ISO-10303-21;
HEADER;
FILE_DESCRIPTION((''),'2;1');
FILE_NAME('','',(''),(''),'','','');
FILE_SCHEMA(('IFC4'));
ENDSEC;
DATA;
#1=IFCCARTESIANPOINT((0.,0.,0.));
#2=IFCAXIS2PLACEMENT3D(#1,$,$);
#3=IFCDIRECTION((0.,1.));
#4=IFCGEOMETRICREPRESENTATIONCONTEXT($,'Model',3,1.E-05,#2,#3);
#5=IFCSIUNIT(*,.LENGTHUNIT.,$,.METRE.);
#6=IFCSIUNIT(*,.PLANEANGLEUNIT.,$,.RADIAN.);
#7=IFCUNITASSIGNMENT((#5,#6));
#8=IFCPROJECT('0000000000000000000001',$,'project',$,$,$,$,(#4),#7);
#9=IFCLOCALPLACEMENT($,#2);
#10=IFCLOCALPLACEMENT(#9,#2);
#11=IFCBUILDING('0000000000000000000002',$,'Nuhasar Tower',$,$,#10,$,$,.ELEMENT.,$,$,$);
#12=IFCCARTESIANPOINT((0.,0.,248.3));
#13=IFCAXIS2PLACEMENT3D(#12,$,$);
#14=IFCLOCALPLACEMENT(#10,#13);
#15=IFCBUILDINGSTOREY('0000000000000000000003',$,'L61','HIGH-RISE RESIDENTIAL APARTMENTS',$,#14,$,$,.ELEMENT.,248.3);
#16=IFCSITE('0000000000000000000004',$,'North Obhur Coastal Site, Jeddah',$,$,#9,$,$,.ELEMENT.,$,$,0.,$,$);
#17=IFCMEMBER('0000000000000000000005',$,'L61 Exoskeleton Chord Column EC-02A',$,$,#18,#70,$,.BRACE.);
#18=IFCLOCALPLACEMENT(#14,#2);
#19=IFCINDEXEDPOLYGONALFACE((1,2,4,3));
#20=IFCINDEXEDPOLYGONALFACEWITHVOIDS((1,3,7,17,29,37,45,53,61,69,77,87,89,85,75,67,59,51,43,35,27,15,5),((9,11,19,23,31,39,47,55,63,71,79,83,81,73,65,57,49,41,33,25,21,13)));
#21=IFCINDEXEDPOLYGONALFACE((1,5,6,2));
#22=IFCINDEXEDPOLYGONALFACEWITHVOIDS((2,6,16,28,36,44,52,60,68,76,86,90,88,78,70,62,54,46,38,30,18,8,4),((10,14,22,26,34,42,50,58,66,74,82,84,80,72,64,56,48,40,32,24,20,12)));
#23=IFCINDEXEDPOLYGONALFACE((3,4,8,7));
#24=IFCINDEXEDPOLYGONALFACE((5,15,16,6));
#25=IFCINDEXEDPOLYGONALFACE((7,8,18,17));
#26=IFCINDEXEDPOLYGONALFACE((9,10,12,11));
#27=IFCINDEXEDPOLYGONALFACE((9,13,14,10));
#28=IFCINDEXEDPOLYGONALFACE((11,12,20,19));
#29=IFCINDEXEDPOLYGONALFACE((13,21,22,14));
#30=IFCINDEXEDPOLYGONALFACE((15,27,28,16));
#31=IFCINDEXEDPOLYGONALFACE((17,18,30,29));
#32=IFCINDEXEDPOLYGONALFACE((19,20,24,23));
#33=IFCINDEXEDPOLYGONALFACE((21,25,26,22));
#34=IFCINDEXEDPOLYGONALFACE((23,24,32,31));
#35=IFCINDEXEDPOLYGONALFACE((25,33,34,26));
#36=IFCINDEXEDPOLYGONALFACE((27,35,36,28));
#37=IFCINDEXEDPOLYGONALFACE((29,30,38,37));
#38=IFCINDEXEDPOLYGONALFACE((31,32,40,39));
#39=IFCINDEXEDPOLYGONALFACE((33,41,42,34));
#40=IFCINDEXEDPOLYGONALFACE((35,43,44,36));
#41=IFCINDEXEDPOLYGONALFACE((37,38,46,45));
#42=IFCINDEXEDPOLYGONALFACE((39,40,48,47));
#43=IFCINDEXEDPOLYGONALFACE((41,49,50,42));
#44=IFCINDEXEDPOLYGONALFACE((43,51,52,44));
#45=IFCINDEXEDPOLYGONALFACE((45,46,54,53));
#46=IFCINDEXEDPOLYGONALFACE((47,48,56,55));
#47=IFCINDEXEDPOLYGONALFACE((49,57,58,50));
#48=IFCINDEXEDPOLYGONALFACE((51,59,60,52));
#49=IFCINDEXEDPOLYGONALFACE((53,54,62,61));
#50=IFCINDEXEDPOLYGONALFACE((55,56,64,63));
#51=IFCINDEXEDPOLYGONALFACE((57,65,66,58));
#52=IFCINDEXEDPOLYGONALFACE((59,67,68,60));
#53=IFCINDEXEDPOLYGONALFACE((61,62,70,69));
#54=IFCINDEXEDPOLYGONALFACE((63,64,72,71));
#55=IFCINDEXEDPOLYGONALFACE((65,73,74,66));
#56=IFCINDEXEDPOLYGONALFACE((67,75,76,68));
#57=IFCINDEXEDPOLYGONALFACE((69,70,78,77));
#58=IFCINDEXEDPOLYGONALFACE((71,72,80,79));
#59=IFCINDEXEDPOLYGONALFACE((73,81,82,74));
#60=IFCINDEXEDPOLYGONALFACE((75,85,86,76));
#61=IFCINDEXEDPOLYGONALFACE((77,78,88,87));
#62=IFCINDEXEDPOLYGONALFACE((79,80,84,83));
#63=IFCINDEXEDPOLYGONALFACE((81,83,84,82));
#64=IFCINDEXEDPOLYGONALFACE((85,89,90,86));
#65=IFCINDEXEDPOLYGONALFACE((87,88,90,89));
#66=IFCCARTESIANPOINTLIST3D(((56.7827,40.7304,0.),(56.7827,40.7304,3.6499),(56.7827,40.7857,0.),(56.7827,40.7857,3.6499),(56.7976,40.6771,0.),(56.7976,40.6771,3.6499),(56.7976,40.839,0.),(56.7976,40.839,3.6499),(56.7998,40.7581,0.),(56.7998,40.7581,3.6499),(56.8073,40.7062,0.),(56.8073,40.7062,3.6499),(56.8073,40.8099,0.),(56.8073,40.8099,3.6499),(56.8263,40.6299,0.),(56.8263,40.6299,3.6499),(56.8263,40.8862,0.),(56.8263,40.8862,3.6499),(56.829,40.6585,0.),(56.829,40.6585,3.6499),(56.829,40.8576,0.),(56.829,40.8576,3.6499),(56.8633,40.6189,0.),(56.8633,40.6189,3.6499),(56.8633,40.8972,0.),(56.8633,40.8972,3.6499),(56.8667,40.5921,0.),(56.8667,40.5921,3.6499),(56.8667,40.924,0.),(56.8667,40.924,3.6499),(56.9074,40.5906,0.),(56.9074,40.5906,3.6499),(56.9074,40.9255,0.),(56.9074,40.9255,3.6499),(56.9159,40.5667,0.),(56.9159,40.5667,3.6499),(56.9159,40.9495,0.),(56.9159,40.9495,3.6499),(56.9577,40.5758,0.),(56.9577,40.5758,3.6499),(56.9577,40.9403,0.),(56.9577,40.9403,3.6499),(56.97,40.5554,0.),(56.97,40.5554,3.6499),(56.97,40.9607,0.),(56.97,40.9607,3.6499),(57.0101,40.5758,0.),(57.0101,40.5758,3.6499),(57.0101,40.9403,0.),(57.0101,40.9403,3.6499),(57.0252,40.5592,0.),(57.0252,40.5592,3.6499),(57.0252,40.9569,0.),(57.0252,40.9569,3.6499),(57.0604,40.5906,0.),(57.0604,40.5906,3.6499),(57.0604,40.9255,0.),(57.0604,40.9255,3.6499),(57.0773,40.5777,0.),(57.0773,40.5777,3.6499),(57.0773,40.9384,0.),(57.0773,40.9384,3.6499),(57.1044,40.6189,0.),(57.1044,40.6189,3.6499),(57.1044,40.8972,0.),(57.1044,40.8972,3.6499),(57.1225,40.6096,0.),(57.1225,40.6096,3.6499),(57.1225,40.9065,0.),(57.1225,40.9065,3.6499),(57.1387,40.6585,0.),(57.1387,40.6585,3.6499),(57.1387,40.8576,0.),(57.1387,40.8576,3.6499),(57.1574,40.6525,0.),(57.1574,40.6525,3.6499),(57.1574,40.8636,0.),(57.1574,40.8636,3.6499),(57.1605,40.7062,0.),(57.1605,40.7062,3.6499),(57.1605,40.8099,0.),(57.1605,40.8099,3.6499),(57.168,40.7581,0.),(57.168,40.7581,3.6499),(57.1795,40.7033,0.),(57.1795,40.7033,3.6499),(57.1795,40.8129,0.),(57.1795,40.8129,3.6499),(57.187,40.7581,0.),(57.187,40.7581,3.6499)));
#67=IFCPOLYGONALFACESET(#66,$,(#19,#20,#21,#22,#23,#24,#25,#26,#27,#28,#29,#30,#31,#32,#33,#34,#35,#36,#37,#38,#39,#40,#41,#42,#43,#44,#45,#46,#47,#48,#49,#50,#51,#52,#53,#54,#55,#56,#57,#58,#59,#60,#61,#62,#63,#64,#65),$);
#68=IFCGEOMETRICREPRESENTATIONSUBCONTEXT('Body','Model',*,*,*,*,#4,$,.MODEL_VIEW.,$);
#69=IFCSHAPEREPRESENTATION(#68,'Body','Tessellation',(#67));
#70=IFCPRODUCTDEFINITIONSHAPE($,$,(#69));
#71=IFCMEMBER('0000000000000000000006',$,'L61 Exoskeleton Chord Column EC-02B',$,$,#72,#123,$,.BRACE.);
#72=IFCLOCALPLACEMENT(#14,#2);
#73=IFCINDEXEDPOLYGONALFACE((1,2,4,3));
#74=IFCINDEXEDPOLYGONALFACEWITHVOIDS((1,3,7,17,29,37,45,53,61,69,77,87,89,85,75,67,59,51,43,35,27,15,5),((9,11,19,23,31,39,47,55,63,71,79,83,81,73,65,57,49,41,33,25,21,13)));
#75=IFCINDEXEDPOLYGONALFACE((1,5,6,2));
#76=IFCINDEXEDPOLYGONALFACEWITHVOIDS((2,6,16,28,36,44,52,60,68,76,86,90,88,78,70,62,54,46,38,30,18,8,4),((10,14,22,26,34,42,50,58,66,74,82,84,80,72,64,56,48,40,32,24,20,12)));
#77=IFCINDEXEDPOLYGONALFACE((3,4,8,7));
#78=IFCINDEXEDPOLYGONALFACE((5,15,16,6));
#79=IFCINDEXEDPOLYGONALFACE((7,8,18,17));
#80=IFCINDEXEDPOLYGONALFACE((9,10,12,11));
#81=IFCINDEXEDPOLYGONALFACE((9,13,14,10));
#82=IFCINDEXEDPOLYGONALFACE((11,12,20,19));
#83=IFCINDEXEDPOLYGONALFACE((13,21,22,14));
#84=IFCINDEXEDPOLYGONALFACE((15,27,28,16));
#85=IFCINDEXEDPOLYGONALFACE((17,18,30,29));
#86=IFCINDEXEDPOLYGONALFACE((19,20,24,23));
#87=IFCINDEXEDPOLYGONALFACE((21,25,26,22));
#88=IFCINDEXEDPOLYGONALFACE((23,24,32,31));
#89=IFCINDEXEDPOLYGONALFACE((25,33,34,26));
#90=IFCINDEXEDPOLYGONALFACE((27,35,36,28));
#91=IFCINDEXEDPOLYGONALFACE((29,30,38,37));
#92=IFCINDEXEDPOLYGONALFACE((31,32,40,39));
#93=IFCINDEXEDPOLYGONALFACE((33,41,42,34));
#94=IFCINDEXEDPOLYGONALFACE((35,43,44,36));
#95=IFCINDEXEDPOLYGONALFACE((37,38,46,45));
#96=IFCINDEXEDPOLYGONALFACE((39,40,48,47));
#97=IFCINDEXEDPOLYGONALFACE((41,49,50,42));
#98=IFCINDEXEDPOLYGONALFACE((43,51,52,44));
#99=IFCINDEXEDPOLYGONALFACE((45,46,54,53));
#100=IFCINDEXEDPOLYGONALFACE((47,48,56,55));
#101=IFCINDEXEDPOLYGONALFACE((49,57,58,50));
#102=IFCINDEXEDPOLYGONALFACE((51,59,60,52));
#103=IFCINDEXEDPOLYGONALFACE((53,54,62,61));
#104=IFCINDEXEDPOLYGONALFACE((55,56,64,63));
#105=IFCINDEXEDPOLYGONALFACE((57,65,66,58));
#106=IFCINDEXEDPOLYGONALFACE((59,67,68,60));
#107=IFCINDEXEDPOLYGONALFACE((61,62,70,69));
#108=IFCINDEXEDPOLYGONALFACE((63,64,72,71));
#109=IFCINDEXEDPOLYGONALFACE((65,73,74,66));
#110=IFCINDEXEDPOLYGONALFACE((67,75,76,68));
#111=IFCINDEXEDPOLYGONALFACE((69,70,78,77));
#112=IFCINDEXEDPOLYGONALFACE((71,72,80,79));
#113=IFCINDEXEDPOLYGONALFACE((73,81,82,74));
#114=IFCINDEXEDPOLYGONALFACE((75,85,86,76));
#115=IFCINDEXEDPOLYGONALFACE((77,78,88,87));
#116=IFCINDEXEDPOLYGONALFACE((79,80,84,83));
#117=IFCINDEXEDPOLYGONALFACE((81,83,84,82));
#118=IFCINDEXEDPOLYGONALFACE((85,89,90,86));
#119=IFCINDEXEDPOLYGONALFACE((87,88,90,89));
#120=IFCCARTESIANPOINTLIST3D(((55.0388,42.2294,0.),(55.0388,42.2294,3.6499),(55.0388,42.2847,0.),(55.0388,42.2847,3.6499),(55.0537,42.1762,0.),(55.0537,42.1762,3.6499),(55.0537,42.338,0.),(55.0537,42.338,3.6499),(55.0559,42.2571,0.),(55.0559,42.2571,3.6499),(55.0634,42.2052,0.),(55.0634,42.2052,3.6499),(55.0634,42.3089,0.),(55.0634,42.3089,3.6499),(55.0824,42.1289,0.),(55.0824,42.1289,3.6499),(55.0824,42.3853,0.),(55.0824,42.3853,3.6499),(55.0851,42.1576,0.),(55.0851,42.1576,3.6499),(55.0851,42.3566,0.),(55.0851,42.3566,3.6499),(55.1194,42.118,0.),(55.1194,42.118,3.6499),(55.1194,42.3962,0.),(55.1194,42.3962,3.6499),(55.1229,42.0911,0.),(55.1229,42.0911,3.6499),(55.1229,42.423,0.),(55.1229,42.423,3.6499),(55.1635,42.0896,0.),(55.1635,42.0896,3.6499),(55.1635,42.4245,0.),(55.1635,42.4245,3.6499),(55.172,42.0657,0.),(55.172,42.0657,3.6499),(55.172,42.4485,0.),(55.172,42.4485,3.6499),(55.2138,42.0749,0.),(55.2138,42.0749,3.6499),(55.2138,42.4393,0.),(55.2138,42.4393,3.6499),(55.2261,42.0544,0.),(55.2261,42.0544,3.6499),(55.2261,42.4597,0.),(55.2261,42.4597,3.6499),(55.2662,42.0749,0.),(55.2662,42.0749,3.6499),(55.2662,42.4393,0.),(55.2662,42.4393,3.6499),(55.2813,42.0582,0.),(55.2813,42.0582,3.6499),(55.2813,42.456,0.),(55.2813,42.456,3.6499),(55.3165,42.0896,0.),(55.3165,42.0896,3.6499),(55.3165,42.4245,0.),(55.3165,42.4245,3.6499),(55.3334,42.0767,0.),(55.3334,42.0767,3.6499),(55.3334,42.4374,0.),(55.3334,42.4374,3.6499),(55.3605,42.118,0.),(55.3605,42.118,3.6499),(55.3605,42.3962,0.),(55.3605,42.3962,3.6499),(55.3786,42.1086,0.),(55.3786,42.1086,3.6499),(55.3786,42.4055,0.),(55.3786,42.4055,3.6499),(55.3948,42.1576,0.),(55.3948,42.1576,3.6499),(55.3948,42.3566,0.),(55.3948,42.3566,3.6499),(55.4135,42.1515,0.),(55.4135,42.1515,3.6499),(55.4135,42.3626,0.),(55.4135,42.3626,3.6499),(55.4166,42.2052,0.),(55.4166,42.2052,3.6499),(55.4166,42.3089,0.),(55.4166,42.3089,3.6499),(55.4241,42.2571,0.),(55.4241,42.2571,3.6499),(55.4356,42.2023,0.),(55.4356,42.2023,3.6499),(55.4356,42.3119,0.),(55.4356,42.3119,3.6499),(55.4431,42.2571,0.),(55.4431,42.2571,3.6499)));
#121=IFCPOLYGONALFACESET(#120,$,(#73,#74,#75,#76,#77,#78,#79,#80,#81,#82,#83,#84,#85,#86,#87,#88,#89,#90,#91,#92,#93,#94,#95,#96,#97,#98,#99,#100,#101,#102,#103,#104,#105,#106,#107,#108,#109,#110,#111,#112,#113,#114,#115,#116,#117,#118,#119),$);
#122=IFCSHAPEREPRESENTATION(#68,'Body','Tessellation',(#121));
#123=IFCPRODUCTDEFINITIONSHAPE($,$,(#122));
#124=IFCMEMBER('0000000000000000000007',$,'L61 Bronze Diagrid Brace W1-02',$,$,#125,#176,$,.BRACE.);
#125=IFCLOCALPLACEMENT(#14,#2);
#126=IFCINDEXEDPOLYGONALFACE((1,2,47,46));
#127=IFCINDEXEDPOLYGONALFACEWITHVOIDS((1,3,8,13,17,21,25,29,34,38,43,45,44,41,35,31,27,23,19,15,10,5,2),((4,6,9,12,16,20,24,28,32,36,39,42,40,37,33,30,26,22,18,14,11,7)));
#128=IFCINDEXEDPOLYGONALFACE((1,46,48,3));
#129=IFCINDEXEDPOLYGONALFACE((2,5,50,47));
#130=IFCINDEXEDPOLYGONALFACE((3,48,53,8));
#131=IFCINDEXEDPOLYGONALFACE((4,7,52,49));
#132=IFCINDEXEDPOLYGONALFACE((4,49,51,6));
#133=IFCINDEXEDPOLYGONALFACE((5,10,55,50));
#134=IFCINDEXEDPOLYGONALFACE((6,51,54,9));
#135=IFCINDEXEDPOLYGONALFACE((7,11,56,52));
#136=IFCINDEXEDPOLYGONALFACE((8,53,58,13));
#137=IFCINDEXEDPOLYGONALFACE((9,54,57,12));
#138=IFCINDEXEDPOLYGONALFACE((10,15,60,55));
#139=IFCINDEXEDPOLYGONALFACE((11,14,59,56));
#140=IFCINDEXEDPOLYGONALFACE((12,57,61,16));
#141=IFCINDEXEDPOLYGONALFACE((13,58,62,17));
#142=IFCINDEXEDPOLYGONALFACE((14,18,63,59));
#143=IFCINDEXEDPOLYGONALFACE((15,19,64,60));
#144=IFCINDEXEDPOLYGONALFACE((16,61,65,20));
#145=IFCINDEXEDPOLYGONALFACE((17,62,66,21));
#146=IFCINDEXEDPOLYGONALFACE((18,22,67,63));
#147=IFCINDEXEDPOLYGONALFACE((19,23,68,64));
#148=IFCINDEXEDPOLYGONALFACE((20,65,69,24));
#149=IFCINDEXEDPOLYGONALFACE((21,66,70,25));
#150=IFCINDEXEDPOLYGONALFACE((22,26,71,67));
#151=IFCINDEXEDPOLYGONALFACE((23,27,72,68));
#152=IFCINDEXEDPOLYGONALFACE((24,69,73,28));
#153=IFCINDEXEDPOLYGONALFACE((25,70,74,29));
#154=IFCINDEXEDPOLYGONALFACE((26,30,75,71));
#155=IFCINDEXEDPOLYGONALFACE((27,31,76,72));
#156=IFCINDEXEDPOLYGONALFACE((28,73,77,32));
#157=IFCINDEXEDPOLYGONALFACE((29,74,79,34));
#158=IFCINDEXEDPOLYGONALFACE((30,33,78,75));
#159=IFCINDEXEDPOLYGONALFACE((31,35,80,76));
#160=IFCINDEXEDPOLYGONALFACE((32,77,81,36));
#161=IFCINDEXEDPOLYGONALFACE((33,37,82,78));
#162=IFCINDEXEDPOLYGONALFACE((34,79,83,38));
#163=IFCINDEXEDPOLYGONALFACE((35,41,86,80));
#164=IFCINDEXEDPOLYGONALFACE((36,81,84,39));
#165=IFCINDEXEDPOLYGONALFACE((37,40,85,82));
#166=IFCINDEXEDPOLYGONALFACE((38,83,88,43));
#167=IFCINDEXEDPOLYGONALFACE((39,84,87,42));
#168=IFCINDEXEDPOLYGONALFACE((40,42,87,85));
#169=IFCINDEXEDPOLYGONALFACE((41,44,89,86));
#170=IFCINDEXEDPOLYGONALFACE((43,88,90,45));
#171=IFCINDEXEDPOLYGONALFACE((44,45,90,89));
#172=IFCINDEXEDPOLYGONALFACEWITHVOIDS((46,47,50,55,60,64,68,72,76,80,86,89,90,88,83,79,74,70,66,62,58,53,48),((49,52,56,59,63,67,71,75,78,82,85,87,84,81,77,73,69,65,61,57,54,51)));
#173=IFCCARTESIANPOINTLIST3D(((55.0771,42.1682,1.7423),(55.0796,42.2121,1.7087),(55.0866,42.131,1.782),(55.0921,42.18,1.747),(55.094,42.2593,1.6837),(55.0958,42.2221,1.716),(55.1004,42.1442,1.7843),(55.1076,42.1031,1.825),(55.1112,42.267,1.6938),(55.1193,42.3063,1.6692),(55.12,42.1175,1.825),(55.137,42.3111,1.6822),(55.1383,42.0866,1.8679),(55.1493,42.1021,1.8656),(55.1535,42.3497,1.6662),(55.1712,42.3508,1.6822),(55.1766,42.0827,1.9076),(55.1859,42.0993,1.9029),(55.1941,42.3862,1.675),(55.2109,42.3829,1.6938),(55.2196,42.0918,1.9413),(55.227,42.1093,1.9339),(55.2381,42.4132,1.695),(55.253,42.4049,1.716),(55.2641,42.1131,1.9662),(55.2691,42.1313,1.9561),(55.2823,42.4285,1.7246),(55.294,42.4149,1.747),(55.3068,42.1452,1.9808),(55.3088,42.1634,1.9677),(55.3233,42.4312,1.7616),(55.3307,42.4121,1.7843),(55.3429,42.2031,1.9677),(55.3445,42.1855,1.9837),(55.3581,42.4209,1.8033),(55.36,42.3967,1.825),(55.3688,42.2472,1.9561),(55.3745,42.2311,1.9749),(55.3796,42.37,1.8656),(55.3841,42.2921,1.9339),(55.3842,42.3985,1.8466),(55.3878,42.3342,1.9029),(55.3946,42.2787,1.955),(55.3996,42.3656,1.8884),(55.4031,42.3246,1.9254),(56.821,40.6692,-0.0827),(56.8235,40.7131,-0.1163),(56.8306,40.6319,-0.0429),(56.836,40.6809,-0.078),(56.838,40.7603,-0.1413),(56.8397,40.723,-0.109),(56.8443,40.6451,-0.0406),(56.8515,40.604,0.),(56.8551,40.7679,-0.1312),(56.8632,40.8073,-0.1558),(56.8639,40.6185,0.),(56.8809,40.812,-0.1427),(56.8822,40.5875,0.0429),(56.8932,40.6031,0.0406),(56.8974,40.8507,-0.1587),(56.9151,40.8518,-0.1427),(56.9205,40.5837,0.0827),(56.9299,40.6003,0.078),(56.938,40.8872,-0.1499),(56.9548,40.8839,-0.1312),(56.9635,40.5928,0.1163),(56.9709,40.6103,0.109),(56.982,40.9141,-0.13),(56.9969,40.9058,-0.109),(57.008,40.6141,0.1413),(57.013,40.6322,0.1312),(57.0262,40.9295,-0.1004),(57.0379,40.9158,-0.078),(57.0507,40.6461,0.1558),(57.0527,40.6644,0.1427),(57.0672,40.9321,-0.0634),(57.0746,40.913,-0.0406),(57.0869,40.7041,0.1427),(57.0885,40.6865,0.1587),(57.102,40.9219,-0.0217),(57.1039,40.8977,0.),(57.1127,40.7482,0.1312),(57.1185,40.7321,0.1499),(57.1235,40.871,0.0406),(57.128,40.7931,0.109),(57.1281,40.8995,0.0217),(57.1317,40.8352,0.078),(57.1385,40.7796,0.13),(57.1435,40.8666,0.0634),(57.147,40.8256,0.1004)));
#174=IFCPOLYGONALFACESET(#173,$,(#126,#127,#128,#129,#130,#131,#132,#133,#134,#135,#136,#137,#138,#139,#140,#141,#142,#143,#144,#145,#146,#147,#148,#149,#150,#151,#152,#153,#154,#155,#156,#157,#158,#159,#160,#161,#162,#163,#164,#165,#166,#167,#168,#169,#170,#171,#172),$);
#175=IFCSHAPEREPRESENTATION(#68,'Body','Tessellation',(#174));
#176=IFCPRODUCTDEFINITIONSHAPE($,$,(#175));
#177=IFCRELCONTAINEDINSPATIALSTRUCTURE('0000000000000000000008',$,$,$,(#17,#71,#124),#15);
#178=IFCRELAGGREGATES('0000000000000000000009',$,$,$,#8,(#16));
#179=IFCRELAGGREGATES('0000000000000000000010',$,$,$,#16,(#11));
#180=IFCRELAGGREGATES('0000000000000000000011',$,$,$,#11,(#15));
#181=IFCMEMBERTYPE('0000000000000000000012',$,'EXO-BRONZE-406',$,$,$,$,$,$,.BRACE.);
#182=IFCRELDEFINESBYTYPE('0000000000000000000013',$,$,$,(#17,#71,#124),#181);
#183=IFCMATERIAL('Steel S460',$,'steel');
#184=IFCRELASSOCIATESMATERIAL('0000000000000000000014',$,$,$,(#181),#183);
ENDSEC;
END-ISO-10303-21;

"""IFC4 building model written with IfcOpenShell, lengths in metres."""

from ifc_helpers import new_model, si_unit, direction, frame, origin, origin_2d, place, context, subcontext, project, spatial, hollow_circle, extrude, material, material_profile, profile_set, type_object, element, save


model = new_model("IFC4")

# Units and contexts
model_context = context("Model", 3, precision=1e-05, world=origin(), true_north=direction((0.0, 1.0)))
body_context = subcontext(model_context, "Body", "Model", "MODEL_VIEW")
ifc_project = project(units=[si_unit("LENGTHUNIT", "METRE"), si_unit("PLANEANGLEUNIT", "RADIAN")], contexts=[model_context])

# Site, building, storey
site_placement = place(None, origin())
site = spatial("IfcSite", under=ifc_project, at=site_placement, Name="North Obhur Coastal Site, Jeddah", CompositionType="ELEMENT", RefElevation=0.0)
building_placement = place(site_placement, origin())
building = spatial("IfcBuilding", under=site, at=building_placement, Name="Nuhasar Tower", CompositionType="ELEMENT")
storey_placement = place(building_placement, frame((0.0, 0.0, 248.3)))
storey = spatial("IfcBuildingStorey", under=building, at=storey_placement, Name="L61", Description="HIGH-RISE RESIDENTIAL APARTMENTS", CompositionType="ELEMENT", Elevation=248.3)

# Members
ifc_material_1 = material(Name="Steel S460", Category="steel")
ifc_material_profile_1 = material_profile(ifc_material_1, hollow_circle(Radius=0.2031, WallThickness=0.019, at=origin_2d()), Name="HSS406.4X19.1")
ifc_profile_set_1 = profile_set([ifc_material_profile_1], Name="Steel S460")
member_type_1 = type_object("IfcMemberType", Name="EXO-BRONZE-406", PredefinedType="BRACE", material=ifc_profile_set_1)
for number, where, z_axis, x_axis, name in (
    (1, (56.9839, 40.7581, 0.0), (0.0, 0.0, 1.0), (1.0, 0.0, 0.0), "L61 Exoskeleton Chord Column EC-02A"),
    (2, (55.24, 42.2571, 0.0), (0.0, 0.0, 1.0), (1.0, 0.0, 0.0), "L61 Exoskeleton Chord Column EC-02B"),
):
    element("IfcMember", number, at=place(storey_placement, frame(where, z_axis=z_axis, x_axis=x_axis)), inside=storey, type_object=member_type_1, Name=name, PredefinedType="BRACE", context=body_context, shape_type="SweptSolid", body=[
        extrude(hollow_circle(Radius=0.2031, WallThickness=0.019, at=origin_2d()), origin(), (0.0, 0.0, 1.0), 3.6499),
    ])
for number, where, z_axis, x_axis, name in (
    (3, (56.9839, 40.7581, 0.0), (-0.594019, 0.510608, 0.621628), (-0.651857, -0.758342, 0.0), "L61 Bronze Diagrid Brace W1-02"),
):
    element("IfcMember", number, at=place(storey_placement, frame(where, z_axis=z_axis, x_axis=x_axis)), inside=storey, type_object=member_type_1, Name=name, PredefinedType="BRACE", context=body_context, shape_type="SweptSolid", body=[
        extrude(hollow_circle(Radius=0.2031, WallThickness=0.019, at=origin_2d()), origin(), (0.0, 0.0, 1.0), 2.9358),
    ])

save(model, "model.ifc")
